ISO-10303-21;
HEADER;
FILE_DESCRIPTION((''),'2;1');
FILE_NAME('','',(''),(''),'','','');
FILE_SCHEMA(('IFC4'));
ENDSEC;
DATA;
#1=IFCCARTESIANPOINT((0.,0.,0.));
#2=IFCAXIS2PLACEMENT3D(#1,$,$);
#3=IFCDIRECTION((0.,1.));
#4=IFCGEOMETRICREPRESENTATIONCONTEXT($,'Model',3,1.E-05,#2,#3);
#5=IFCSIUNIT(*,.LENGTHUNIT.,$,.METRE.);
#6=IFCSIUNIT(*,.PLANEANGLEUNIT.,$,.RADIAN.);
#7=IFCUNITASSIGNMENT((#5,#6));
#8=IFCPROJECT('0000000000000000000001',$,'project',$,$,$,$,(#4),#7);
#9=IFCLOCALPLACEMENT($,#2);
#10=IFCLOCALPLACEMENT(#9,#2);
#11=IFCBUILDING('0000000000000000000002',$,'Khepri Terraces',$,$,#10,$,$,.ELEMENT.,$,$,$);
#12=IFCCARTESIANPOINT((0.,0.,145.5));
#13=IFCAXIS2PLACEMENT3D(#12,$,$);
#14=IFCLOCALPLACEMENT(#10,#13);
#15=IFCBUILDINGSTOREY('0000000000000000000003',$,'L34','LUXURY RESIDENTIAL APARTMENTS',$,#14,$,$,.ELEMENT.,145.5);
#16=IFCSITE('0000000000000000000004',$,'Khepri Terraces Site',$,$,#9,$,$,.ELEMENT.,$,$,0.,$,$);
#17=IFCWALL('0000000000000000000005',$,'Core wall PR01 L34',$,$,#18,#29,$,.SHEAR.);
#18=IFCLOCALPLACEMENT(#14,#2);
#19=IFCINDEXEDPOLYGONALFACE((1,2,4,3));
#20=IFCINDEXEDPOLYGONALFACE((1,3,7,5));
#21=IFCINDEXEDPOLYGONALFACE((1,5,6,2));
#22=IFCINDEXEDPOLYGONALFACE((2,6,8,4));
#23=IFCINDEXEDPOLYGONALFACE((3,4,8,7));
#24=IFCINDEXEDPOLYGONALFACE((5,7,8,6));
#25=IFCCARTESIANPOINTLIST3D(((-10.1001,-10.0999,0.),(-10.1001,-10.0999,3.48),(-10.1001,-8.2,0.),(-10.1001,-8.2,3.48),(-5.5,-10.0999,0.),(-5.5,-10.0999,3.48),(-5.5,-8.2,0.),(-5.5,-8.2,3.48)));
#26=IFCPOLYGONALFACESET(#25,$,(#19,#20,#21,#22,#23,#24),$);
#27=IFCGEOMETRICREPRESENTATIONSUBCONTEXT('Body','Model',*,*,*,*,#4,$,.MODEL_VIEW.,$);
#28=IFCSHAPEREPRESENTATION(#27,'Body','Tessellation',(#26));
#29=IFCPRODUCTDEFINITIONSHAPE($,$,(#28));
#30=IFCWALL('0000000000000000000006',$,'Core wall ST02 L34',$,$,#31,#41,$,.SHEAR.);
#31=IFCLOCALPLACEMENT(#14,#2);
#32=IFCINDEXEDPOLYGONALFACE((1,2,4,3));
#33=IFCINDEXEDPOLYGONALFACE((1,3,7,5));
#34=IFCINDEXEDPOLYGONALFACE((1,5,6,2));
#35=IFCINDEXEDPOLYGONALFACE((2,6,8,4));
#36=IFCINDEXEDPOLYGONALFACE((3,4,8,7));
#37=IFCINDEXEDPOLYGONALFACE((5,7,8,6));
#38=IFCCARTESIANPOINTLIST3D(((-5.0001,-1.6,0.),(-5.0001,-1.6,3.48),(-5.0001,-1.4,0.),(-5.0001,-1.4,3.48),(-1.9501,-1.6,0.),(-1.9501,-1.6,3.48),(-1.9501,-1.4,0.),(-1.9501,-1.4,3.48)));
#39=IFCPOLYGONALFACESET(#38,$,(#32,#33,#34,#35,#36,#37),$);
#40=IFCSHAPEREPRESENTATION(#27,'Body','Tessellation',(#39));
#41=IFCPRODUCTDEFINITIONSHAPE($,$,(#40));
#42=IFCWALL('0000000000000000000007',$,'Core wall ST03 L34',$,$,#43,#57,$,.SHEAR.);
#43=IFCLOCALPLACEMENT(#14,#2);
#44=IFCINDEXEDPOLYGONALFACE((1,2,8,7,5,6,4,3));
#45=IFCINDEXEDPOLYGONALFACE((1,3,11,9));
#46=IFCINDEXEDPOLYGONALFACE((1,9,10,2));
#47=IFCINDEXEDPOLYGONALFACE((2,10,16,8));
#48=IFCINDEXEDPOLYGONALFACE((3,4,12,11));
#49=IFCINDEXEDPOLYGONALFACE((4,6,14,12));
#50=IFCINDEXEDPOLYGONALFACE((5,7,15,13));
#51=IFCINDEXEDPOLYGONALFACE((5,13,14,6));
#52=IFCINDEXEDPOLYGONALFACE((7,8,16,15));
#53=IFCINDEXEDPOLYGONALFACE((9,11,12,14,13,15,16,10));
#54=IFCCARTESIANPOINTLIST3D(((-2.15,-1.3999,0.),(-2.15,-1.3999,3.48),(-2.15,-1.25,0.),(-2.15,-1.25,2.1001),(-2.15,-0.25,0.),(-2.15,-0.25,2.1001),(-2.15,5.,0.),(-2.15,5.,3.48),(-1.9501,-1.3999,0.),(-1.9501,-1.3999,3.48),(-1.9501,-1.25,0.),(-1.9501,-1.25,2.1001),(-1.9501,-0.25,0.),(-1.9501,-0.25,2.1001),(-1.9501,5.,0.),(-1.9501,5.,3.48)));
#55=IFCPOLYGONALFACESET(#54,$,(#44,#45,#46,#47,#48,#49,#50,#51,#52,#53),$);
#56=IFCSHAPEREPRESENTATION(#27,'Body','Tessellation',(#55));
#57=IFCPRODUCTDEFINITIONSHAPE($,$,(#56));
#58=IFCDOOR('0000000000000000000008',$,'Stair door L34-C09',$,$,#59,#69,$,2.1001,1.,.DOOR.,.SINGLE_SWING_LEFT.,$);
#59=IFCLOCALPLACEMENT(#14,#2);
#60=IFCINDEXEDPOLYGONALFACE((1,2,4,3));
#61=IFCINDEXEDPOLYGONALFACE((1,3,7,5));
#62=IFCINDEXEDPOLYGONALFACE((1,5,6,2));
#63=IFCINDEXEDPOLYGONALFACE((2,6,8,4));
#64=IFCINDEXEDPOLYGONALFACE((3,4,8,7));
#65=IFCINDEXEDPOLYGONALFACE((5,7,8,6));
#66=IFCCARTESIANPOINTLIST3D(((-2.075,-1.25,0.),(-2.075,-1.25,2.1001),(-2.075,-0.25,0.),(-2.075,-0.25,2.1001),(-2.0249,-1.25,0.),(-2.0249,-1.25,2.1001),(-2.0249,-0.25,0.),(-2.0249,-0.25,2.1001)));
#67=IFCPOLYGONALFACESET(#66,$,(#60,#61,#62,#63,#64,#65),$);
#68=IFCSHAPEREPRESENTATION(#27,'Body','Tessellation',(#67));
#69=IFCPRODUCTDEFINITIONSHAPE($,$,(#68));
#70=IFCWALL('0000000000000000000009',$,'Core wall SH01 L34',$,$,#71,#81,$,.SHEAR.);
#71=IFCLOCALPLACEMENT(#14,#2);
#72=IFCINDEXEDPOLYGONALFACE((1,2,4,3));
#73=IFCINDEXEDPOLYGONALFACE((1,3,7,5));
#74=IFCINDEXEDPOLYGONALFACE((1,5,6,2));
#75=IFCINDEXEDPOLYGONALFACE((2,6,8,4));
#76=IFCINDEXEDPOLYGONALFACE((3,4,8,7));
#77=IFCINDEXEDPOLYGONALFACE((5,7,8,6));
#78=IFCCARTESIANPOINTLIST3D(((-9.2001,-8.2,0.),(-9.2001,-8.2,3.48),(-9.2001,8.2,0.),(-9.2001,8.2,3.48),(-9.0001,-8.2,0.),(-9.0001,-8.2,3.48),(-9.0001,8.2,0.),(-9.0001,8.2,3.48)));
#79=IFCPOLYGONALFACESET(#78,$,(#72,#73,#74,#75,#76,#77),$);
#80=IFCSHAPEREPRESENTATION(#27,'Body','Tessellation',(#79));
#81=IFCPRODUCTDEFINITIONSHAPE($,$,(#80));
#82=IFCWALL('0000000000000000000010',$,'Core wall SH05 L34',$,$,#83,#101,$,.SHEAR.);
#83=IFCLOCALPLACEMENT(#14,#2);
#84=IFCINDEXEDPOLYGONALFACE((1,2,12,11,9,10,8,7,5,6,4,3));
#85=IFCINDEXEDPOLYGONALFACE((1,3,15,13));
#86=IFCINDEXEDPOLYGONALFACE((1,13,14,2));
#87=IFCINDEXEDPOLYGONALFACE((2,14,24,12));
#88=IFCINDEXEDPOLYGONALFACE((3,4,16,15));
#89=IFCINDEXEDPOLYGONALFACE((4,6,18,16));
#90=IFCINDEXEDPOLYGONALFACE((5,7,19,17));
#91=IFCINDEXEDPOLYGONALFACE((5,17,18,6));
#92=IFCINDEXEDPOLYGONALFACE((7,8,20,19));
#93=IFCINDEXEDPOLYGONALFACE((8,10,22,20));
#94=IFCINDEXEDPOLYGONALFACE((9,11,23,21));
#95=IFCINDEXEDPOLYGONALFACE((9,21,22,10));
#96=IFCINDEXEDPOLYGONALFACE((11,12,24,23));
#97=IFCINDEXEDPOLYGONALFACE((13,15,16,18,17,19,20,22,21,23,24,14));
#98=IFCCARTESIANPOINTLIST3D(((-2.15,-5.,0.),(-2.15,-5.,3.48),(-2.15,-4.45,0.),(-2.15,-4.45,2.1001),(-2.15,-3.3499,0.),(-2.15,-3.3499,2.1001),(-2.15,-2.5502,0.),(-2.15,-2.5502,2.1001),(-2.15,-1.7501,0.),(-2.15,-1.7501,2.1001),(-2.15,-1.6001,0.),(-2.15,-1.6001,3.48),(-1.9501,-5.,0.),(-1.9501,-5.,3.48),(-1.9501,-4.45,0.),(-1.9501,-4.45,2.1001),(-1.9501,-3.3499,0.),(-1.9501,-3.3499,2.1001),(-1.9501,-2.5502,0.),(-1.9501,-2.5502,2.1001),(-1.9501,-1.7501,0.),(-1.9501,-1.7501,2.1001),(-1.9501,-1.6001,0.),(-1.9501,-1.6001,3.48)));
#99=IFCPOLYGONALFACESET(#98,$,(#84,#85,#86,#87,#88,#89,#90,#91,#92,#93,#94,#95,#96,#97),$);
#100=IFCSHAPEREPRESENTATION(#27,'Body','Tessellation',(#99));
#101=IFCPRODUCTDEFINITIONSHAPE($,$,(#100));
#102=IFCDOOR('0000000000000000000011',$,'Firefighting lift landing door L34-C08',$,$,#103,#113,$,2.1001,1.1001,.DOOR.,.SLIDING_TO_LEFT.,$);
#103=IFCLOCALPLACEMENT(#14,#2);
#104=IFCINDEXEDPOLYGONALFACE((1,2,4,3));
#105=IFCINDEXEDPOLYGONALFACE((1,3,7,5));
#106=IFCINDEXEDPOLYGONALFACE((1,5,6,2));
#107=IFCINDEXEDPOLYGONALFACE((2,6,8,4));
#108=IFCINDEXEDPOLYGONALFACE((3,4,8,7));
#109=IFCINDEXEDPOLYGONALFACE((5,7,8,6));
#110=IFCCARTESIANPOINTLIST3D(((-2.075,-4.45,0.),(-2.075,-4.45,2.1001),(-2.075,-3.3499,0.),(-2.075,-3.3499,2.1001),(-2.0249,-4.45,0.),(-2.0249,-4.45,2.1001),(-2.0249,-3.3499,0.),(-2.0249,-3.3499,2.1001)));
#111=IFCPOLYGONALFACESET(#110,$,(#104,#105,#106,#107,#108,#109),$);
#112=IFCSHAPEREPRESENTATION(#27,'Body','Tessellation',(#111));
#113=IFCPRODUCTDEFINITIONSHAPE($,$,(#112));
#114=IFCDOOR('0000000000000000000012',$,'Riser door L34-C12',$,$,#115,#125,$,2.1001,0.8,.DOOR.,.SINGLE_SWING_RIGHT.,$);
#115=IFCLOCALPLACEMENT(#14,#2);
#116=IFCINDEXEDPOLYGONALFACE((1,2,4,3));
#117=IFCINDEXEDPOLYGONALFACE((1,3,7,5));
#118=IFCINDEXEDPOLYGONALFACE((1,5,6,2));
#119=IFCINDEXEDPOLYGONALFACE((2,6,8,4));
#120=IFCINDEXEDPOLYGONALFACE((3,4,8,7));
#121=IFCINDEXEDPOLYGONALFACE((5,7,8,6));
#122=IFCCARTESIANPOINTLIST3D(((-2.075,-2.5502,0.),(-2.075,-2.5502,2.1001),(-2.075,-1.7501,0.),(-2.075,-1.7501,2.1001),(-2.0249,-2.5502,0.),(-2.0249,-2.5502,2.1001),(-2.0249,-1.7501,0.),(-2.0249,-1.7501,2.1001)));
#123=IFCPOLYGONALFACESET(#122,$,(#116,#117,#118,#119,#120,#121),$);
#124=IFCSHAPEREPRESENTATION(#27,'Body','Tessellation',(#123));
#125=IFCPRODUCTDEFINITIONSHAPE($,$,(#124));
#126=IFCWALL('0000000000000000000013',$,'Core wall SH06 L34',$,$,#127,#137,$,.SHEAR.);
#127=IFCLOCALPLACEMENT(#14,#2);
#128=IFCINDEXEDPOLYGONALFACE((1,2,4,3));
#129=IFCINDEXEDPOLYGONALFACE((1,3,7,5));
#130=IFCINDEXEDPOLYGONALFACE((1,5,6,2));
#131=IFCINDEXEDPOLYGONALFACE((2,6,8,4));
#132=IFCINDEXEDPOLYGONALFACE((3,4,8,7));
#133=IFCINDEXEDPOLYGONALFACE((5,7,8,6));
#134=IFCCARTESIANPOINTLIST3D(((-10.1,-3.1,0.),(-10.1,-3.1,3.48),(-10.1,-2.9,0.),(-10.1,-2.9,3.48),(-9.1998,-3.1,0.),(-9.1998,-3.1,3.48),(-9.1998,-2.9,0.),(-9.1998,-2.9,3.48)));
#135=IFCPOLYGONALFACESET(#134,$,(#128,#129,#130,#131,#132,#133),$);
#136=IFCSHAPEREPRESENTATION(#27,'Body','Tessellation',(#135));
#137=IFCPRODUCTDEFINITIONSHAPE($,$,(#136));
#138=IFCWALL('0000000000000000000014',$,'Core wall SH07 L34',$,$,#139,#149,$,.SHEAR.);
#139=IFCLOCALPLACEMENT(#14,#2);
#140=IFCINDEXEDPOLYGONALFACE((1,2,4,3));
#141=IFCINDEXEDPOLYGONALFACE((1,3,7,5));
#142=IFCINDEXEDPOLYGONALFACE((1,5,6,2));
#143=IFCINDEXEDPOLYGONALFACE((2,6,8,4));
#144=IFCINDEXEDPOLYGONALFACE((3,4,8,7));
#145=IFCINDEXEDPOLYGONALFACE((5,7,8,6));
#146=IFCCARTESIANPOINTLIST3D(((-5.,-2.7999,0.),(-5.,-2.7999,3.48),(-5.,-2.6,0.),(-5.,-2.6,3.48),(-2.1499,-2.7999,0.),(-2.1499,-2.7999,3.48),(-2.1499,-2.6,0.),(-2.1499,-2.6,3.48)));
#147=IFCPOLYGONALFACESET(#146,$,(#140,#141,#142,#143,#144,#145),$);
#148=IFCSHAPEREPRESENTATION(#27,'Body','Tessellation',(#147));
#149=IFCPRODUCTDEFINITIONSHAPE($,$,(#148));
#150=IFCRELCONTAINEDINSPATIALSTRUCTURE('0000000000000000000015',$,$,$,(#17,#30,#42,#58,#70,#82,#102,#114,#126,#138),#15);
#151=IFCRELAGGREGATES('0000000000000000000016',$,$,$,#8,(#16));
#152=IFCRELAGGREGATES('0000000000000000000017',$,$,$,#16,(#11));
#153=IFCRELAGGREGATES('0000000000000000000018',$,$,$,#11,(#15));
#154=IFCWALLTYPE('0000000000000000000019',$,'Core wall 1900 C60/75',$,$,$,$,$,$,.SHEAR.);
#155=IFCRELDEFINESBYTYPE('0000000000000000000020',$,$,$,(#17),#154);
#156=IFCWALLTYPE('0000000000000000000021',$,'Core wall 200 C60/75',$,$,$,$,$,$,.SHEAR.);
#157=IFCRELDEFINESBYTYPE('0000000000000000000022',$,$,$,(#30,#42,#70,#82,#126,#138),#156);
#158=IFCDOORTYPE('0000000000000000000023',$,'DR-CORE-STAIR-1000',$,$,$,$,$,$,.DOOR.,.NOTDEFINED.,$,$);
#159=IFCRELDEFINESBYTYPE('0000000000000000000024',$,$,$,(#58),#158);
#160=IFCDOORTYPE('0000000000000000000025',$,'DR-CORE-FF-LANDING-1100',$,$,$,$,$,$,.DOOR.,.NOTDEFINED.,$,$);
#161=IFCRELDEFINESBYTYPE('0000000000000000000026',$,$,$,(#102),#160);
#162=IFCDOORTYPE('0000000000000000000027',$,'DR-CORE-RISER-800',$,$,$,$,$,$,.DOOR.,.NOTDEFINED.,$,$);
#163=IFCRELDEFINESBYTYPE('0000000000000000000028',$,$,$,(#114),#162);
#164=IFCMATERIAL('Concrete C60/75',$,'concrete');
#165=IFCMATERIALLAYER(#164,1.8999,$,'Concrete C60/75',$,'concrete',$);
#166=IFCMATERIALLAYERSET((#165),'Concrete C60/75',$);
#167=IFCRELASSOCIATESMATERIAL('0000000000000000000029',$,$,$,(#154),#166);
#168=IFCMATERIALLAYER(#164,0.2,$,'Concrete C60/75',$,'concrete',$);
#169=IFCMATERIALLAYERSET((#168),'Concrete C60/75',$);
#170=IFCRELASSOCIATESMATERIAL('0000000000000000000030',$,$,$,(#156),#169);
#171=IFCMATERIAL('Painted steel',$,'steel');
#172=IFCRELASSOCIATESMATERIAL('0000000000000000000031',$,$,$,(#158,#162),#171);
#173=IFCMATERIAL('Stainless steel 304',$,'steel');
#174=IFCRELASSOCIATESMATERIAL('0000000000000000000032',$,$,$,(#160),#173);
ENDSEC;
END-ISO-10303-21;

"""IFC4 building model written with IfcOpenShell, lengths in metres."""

from ifc_helpers import new_model, si_unit, direction, frame, frame_2d, origin, place, context, subcontext, project, spatial, rectangle, extrude, material, layer, layer_set, type_object, element, fill, save


model = new_model("IFC4")

# Units and contexts
model_context = context("Model", 3, precision=1e-05, world=origin(), true_north=direction((0.0, 1.0)))
body_context = subcontext(model_context, "Body", "Model", "MODEL_VIEW")
ifc_project = project(units=[si_unit("LENGTHUNIT", "METRE"), si_unit("PLANEANGLEUNIT", "RADIAN")], contexts=[model_context])

# Site, building, storey
site_placement = place(None, origin())
site = spatial("IfcSite", under=ifc_project, at=site_placement, Name="Khepri Terraces Site", CompositionType="ELEMENT", RefElevation=0.0)
building_placement = place(site_placement, origin())
building = spatial("IfcBuilding", under=site, at=building_placement, Name="Khepri Terraces", CompositionType="ELEMENT")
storey_placement = place(building_placement, frame((0.0, 0.0, 145.5)))
storey = spatial("IfcBuildingStorey", under=building, at=storey_placement, Name="L34", Description="LUXURY RESIDENTIAL APARTMENTS", CompositionType="ELEMENT", Elevation=145.5)

# Walls
ifc_material_1 = material(Name="Concrete C60/75", Category="concrete")
ifc_layer_1 = layer(ifc_material_1, 1.8999, Name="Concrete C60/75", Category="concrete")
ifc_layer_set_1 = layer_set([ifc_layer_1], Name="Concrete C60/75")
wall_type_1 = type_object("IfcWallType", Name="Core wall 1900 C60/75", PredefinedType="SHEAR", material=ifc_layer_set_1)
wall_1_placement = place(storey_placement, frame((-10.1001, -9.1499, 0.0), z_axis=(0.0, 0.0, 1.0), x_axis=(1.0, 0.0, 0.0)))
element("IfcWall", 1, at=wall_1_placement, inside=storey, type_object=wall_type_1, Name="Core wall PR01 L34", PredefinedType="SHEAR", context=body_context, shape_type="SweptSolid", body=[
    extrude(rectangle(XDim=4.6001, YDim=1.8999, at=frame_2d((2.3, 0.0))), origin(), (0.0, 0.0, 1.0), 3.48),
])
ifc_layer_2 = layer(ifc_material_1, 0.2, Name="Concrete C60/75", Category="concrete")
ifc_layer_set_2 = layer_set([ifc_layer_2], Name="Concrete C60/75")
wall_type_2 = type_object("IfcWallType", Name="Core wall 200 C60/75", PredefinedType="SHEAR", material=ifc_layer_set_2)
wall_2_placement = place(storey_placement, frame((-5.0, -1.5, 0.0), z_axis=(0.0, 0.0, 1.0), x_axis=(1.0, 0.0, 0.0)))
element("IfcWall", 2, at=wall_2_placement, inside=storey, type_object=wall_type_2, Name="Core wall ST02 L34", PredefinedType="SHEAR", context=body_context, shape_type="SweptSolid", body=[
    extrude(rectangle(XDim=3.05, YDim=0.2, at=frame_2d((1.5249, 0.0))), origin(), (0.0, 0.0, 1.0), 3.48),
])

# Wall, opening, door
wall_3_placement = place(storey_placement, frame((-2.05, -1.3999, 0.0), z_axis=(0.0, 0.0, 1.0), x_axis=(0.0, 1.0, 0.0)))
wall_3 = element("IfcWall", 3, at=wall_3_placement, inside=storey, type_object=wall_type_2, Name="Core wall ST03 L34", PredefinedType="SHEAR", context=body_context, shape_type="SweptSolid", body=[
    extrude(rectangle(XDim=6.3999, YDim=0.2, at=frame_2d((3.2, 0.0))), origin(), (0.0, 0.0, 1.0), 3.48),
])
opening_1_placement = place(wall_3_placement, frame((0.1499, 0.0, 0.0)))
opening_1 = element("IfcOpeningElement", 4, at=opening_1_placement, cuts=wall_3, PredefinedType="OPENING", context=body_context, shape_type="SweptSolid", body=[
    extrude(rectangle(XDim=1.0, YDim=2.1001, at=frame_2d((0.5, 1.05))), frame((0.0, 0.1099, 0.0), z_axis=(0.0, -1.0, 0.0), x_axis=(1.0, 0.0, 0.0)), (0.0, 0.0, 1.0), 0.22),
])
ifc_material_2 = material(Name="Painted steel", Category="steel")
door_type_1 = type_object("IfcDoorType", Name="DR-CORE-STAIR-1000", OperationType="NOTDEFINED", PredefinedType="DOOR", material=ifc_material_2)
door_1_placement = place(opening_1_placement, origin())
door_1 = element("IfcDoor", 5, at=door_1_placement, inside=storey, type_object=door_type_1, Name="Stair door L34-C09", OperationType="SINGLE_SWING_LEFT", OverallHeight=2.1001, OverallWidth=1.0, PredefinedType="DOOR", context=body_context, shape_type="SweptSolid", body=[
    extrude(rectangle(XDim=1.0, YDim=2.1001, at=frame_2d((0.5, 1.05))), frame((0.0, 0.0249, 0.0), z_axis=(0.0, -1.0, 0.0), x_axis=(1.0, 0.0, 0.0)), (0.0, 0.0, 1.0), 0.05),
])
fill(opening_1, door_1)

# Wall
wall_4_placement = place(storey_placement, frame((-9.1001, -8.2, 0.0), z_axis=(0.0, 0.0, 1.0), x_axis=(0.0, 1.0, 0.0)))
element("IfcWall", 6, at=wall_4_placement, inside=storey, type_object=wall_type_2, Name="Core wall SH01 L34", PredefinedType="SHEAR", context=body_context, shape_type="SweptSolid", body=[
    extrude(rectangle(XDim=16.3999, YDim=0.2, at=frame_2d((8.2, 0.0))), origin(), (0.0, 0.0, 1.0), 3.48),
])

# Wall, openings, doors
wall_5_placement = place(storey_placement, frame((-2.05, -5.0, 0.0), z_axis=(0.0, 0.0, 1.0), x_axis=(0.0, 1.0, 0.0)))
wall_5 = element("IfcWall", 7, at=wall_5_placement, inside=storey, type_object=wall_type_2, Name="Core wall SH05 L34", PredefinedType="SHEAR", context=body_context, shape_type="SweptSolid", body=[
    extrude(rectangle(XDim=3.3999, YDim=0.2, at=frame_2d((1.7, 0.0))), origin(), (0.0, 0.0, 1.0), 3.48),
])
opening_2_placement = place(wall_5_placement, frame((0.55, 0.0, 0.0)))
opening_2 = element("IfcOpeningElement", 8, at=opening_2_placement, cuts=wall_5, PredefinedType="OPENING", context=body_context, shape_type="SweptSolid", body=[
    extrude(rectangle(XDim=1.1001, YDim=2.1001, at=frame_2d((0.55, 1.05))), frame((0.0, 0.1099, 0.0), z_axis=(0.0, -1.0, 0.0), x_axis=(1.0, 0.0, 0.0)), (0.0, 0.0, 1.0), 0.22),
])
opening_3_placement = place(wall_5_placement, frame((2.45, 0.0, 0.0)))
opening_3 = element("IfcOpeningElement", 9, at=opening_3_placement, cuts=wall_5, PredefinedType="OPENING", context=body_context, shape_type="SweptSolid", body=[
    extrude(rectangle(XDim=0.8, YDim=2.1001, at=frame_2d((0.3999, 1.05))), frame((0.0, 0.1099, 0.0), z_axis=(0.0, -1.0, 0.0), x_axis=(1.0, 0.0, 0.0)), (0.0, 0.0, 1.0), 0.22),
])
ifc_material_3 = material(Name="Stainless steel 304", Category="steel")
door_type_2 = type_object("IfcDoorType", Name="DR-CORE-FF-LANDING-1100", OperationType="NOTDEFINED", PredefinedType="DOOR", material=ifc_material_3)
door_2_placement = place(opening_2_placement, origin())
door_2 = element("IfcDoor", 10, at=door_2_placement, inside=storey, type_object=door_type_2, Name="Firefighting lift landing door L34-C08", OperationType="SLIDING_TO_LEFT", OverallHeight=2.1001, OverallWidth=1.1001, PredefinedType="DOOR", context=body_context, shape_type="SweptSolid", body=[
    extrude(rectangle(XDim=1.1001, YDim=2.1001, at=frame_2d((0.55, 1.05))), frame((0.0, 0.0249, 0.0), z_axis=(0.0, -1.0, 0.0), x_axis=(1.0, 0.0, 0.0)), (0.0, 0.0, 1.0), 0.05),
])
fill(opening_2, door_2)
door_type_3 = type_object("IfcDoorType", Name="DR-CORE-RISER-800", OperationType="NOTDEFINED", PredefinedType="DOOR", material=ifc_material_2)
door_3_placement = place(opening_3_placement, origin())
door_3 = element("IfcDoor", 11, at=door_3_placement, inside=storey, type_object=door_type_3, Name="Riser door L34-C12", OperationType="SINGLE_SWING_RIGHT", OverallHeight=2.1001, OverallWidth=0.8, PredefinedType="DOOR", context=body_context, shape_type="SweptSolid", body=[
    extrude(rectangle(XDim=0.8, YDim=2.1001, at=frame_2d((0.3999, 1.05))), frame((0.0, 0.0249, 0.0), z_axis=(0.0, -1.0, 0.0), x_axis=(1.0, 0.0, 0.0)), (0.0, 0.0, 1.0), 0.05),
])
fill(opening_3, door_3)

# Walls
wall_6_placement = place(storey_placement, frame((-10.1001, -3.0, 0.0), z_axis=(0.0, 0.0, 1.0), x_axis=(1.0, 0.0, 0.0)))
element("IfcWall", 12, at=wall_6_placement, inside=storey, type_object=wall_type_2, Name="Core wall SH06 L34", PredefinedType="SHEAR", context=body_context, shape_type="SweptSolid", body=[
    extrude(rectangle(XDim=0.9001, YDim=0.2, at=frame_2d((0.4502, 0.0))), origin(), (0.0, 0.0, 1.0), 3.48),
])
wall_7_placement = place(storey_placement, frame((-5.0, -2.7, 0.0), z_axis=(0.0, 0.0, 1.0), x_axis=(1.0, 0.0, 0.0)))
element("IfcWall", 13, at=wall_7_placement, inside=storey, type_object=wall_type_2, Name="Core wall SH07 L34", PredefinedType="SHEAR", context=body_context, shape_type="SweptSolid", body=[
    extrude(rectangle(XDim=2.8501, YDim=0.2, at=frame_2d((1.425, 0.0))), origin(), (0.0, 0.0, 1.0), 3.48),
])

save(model, "model.ifc")
